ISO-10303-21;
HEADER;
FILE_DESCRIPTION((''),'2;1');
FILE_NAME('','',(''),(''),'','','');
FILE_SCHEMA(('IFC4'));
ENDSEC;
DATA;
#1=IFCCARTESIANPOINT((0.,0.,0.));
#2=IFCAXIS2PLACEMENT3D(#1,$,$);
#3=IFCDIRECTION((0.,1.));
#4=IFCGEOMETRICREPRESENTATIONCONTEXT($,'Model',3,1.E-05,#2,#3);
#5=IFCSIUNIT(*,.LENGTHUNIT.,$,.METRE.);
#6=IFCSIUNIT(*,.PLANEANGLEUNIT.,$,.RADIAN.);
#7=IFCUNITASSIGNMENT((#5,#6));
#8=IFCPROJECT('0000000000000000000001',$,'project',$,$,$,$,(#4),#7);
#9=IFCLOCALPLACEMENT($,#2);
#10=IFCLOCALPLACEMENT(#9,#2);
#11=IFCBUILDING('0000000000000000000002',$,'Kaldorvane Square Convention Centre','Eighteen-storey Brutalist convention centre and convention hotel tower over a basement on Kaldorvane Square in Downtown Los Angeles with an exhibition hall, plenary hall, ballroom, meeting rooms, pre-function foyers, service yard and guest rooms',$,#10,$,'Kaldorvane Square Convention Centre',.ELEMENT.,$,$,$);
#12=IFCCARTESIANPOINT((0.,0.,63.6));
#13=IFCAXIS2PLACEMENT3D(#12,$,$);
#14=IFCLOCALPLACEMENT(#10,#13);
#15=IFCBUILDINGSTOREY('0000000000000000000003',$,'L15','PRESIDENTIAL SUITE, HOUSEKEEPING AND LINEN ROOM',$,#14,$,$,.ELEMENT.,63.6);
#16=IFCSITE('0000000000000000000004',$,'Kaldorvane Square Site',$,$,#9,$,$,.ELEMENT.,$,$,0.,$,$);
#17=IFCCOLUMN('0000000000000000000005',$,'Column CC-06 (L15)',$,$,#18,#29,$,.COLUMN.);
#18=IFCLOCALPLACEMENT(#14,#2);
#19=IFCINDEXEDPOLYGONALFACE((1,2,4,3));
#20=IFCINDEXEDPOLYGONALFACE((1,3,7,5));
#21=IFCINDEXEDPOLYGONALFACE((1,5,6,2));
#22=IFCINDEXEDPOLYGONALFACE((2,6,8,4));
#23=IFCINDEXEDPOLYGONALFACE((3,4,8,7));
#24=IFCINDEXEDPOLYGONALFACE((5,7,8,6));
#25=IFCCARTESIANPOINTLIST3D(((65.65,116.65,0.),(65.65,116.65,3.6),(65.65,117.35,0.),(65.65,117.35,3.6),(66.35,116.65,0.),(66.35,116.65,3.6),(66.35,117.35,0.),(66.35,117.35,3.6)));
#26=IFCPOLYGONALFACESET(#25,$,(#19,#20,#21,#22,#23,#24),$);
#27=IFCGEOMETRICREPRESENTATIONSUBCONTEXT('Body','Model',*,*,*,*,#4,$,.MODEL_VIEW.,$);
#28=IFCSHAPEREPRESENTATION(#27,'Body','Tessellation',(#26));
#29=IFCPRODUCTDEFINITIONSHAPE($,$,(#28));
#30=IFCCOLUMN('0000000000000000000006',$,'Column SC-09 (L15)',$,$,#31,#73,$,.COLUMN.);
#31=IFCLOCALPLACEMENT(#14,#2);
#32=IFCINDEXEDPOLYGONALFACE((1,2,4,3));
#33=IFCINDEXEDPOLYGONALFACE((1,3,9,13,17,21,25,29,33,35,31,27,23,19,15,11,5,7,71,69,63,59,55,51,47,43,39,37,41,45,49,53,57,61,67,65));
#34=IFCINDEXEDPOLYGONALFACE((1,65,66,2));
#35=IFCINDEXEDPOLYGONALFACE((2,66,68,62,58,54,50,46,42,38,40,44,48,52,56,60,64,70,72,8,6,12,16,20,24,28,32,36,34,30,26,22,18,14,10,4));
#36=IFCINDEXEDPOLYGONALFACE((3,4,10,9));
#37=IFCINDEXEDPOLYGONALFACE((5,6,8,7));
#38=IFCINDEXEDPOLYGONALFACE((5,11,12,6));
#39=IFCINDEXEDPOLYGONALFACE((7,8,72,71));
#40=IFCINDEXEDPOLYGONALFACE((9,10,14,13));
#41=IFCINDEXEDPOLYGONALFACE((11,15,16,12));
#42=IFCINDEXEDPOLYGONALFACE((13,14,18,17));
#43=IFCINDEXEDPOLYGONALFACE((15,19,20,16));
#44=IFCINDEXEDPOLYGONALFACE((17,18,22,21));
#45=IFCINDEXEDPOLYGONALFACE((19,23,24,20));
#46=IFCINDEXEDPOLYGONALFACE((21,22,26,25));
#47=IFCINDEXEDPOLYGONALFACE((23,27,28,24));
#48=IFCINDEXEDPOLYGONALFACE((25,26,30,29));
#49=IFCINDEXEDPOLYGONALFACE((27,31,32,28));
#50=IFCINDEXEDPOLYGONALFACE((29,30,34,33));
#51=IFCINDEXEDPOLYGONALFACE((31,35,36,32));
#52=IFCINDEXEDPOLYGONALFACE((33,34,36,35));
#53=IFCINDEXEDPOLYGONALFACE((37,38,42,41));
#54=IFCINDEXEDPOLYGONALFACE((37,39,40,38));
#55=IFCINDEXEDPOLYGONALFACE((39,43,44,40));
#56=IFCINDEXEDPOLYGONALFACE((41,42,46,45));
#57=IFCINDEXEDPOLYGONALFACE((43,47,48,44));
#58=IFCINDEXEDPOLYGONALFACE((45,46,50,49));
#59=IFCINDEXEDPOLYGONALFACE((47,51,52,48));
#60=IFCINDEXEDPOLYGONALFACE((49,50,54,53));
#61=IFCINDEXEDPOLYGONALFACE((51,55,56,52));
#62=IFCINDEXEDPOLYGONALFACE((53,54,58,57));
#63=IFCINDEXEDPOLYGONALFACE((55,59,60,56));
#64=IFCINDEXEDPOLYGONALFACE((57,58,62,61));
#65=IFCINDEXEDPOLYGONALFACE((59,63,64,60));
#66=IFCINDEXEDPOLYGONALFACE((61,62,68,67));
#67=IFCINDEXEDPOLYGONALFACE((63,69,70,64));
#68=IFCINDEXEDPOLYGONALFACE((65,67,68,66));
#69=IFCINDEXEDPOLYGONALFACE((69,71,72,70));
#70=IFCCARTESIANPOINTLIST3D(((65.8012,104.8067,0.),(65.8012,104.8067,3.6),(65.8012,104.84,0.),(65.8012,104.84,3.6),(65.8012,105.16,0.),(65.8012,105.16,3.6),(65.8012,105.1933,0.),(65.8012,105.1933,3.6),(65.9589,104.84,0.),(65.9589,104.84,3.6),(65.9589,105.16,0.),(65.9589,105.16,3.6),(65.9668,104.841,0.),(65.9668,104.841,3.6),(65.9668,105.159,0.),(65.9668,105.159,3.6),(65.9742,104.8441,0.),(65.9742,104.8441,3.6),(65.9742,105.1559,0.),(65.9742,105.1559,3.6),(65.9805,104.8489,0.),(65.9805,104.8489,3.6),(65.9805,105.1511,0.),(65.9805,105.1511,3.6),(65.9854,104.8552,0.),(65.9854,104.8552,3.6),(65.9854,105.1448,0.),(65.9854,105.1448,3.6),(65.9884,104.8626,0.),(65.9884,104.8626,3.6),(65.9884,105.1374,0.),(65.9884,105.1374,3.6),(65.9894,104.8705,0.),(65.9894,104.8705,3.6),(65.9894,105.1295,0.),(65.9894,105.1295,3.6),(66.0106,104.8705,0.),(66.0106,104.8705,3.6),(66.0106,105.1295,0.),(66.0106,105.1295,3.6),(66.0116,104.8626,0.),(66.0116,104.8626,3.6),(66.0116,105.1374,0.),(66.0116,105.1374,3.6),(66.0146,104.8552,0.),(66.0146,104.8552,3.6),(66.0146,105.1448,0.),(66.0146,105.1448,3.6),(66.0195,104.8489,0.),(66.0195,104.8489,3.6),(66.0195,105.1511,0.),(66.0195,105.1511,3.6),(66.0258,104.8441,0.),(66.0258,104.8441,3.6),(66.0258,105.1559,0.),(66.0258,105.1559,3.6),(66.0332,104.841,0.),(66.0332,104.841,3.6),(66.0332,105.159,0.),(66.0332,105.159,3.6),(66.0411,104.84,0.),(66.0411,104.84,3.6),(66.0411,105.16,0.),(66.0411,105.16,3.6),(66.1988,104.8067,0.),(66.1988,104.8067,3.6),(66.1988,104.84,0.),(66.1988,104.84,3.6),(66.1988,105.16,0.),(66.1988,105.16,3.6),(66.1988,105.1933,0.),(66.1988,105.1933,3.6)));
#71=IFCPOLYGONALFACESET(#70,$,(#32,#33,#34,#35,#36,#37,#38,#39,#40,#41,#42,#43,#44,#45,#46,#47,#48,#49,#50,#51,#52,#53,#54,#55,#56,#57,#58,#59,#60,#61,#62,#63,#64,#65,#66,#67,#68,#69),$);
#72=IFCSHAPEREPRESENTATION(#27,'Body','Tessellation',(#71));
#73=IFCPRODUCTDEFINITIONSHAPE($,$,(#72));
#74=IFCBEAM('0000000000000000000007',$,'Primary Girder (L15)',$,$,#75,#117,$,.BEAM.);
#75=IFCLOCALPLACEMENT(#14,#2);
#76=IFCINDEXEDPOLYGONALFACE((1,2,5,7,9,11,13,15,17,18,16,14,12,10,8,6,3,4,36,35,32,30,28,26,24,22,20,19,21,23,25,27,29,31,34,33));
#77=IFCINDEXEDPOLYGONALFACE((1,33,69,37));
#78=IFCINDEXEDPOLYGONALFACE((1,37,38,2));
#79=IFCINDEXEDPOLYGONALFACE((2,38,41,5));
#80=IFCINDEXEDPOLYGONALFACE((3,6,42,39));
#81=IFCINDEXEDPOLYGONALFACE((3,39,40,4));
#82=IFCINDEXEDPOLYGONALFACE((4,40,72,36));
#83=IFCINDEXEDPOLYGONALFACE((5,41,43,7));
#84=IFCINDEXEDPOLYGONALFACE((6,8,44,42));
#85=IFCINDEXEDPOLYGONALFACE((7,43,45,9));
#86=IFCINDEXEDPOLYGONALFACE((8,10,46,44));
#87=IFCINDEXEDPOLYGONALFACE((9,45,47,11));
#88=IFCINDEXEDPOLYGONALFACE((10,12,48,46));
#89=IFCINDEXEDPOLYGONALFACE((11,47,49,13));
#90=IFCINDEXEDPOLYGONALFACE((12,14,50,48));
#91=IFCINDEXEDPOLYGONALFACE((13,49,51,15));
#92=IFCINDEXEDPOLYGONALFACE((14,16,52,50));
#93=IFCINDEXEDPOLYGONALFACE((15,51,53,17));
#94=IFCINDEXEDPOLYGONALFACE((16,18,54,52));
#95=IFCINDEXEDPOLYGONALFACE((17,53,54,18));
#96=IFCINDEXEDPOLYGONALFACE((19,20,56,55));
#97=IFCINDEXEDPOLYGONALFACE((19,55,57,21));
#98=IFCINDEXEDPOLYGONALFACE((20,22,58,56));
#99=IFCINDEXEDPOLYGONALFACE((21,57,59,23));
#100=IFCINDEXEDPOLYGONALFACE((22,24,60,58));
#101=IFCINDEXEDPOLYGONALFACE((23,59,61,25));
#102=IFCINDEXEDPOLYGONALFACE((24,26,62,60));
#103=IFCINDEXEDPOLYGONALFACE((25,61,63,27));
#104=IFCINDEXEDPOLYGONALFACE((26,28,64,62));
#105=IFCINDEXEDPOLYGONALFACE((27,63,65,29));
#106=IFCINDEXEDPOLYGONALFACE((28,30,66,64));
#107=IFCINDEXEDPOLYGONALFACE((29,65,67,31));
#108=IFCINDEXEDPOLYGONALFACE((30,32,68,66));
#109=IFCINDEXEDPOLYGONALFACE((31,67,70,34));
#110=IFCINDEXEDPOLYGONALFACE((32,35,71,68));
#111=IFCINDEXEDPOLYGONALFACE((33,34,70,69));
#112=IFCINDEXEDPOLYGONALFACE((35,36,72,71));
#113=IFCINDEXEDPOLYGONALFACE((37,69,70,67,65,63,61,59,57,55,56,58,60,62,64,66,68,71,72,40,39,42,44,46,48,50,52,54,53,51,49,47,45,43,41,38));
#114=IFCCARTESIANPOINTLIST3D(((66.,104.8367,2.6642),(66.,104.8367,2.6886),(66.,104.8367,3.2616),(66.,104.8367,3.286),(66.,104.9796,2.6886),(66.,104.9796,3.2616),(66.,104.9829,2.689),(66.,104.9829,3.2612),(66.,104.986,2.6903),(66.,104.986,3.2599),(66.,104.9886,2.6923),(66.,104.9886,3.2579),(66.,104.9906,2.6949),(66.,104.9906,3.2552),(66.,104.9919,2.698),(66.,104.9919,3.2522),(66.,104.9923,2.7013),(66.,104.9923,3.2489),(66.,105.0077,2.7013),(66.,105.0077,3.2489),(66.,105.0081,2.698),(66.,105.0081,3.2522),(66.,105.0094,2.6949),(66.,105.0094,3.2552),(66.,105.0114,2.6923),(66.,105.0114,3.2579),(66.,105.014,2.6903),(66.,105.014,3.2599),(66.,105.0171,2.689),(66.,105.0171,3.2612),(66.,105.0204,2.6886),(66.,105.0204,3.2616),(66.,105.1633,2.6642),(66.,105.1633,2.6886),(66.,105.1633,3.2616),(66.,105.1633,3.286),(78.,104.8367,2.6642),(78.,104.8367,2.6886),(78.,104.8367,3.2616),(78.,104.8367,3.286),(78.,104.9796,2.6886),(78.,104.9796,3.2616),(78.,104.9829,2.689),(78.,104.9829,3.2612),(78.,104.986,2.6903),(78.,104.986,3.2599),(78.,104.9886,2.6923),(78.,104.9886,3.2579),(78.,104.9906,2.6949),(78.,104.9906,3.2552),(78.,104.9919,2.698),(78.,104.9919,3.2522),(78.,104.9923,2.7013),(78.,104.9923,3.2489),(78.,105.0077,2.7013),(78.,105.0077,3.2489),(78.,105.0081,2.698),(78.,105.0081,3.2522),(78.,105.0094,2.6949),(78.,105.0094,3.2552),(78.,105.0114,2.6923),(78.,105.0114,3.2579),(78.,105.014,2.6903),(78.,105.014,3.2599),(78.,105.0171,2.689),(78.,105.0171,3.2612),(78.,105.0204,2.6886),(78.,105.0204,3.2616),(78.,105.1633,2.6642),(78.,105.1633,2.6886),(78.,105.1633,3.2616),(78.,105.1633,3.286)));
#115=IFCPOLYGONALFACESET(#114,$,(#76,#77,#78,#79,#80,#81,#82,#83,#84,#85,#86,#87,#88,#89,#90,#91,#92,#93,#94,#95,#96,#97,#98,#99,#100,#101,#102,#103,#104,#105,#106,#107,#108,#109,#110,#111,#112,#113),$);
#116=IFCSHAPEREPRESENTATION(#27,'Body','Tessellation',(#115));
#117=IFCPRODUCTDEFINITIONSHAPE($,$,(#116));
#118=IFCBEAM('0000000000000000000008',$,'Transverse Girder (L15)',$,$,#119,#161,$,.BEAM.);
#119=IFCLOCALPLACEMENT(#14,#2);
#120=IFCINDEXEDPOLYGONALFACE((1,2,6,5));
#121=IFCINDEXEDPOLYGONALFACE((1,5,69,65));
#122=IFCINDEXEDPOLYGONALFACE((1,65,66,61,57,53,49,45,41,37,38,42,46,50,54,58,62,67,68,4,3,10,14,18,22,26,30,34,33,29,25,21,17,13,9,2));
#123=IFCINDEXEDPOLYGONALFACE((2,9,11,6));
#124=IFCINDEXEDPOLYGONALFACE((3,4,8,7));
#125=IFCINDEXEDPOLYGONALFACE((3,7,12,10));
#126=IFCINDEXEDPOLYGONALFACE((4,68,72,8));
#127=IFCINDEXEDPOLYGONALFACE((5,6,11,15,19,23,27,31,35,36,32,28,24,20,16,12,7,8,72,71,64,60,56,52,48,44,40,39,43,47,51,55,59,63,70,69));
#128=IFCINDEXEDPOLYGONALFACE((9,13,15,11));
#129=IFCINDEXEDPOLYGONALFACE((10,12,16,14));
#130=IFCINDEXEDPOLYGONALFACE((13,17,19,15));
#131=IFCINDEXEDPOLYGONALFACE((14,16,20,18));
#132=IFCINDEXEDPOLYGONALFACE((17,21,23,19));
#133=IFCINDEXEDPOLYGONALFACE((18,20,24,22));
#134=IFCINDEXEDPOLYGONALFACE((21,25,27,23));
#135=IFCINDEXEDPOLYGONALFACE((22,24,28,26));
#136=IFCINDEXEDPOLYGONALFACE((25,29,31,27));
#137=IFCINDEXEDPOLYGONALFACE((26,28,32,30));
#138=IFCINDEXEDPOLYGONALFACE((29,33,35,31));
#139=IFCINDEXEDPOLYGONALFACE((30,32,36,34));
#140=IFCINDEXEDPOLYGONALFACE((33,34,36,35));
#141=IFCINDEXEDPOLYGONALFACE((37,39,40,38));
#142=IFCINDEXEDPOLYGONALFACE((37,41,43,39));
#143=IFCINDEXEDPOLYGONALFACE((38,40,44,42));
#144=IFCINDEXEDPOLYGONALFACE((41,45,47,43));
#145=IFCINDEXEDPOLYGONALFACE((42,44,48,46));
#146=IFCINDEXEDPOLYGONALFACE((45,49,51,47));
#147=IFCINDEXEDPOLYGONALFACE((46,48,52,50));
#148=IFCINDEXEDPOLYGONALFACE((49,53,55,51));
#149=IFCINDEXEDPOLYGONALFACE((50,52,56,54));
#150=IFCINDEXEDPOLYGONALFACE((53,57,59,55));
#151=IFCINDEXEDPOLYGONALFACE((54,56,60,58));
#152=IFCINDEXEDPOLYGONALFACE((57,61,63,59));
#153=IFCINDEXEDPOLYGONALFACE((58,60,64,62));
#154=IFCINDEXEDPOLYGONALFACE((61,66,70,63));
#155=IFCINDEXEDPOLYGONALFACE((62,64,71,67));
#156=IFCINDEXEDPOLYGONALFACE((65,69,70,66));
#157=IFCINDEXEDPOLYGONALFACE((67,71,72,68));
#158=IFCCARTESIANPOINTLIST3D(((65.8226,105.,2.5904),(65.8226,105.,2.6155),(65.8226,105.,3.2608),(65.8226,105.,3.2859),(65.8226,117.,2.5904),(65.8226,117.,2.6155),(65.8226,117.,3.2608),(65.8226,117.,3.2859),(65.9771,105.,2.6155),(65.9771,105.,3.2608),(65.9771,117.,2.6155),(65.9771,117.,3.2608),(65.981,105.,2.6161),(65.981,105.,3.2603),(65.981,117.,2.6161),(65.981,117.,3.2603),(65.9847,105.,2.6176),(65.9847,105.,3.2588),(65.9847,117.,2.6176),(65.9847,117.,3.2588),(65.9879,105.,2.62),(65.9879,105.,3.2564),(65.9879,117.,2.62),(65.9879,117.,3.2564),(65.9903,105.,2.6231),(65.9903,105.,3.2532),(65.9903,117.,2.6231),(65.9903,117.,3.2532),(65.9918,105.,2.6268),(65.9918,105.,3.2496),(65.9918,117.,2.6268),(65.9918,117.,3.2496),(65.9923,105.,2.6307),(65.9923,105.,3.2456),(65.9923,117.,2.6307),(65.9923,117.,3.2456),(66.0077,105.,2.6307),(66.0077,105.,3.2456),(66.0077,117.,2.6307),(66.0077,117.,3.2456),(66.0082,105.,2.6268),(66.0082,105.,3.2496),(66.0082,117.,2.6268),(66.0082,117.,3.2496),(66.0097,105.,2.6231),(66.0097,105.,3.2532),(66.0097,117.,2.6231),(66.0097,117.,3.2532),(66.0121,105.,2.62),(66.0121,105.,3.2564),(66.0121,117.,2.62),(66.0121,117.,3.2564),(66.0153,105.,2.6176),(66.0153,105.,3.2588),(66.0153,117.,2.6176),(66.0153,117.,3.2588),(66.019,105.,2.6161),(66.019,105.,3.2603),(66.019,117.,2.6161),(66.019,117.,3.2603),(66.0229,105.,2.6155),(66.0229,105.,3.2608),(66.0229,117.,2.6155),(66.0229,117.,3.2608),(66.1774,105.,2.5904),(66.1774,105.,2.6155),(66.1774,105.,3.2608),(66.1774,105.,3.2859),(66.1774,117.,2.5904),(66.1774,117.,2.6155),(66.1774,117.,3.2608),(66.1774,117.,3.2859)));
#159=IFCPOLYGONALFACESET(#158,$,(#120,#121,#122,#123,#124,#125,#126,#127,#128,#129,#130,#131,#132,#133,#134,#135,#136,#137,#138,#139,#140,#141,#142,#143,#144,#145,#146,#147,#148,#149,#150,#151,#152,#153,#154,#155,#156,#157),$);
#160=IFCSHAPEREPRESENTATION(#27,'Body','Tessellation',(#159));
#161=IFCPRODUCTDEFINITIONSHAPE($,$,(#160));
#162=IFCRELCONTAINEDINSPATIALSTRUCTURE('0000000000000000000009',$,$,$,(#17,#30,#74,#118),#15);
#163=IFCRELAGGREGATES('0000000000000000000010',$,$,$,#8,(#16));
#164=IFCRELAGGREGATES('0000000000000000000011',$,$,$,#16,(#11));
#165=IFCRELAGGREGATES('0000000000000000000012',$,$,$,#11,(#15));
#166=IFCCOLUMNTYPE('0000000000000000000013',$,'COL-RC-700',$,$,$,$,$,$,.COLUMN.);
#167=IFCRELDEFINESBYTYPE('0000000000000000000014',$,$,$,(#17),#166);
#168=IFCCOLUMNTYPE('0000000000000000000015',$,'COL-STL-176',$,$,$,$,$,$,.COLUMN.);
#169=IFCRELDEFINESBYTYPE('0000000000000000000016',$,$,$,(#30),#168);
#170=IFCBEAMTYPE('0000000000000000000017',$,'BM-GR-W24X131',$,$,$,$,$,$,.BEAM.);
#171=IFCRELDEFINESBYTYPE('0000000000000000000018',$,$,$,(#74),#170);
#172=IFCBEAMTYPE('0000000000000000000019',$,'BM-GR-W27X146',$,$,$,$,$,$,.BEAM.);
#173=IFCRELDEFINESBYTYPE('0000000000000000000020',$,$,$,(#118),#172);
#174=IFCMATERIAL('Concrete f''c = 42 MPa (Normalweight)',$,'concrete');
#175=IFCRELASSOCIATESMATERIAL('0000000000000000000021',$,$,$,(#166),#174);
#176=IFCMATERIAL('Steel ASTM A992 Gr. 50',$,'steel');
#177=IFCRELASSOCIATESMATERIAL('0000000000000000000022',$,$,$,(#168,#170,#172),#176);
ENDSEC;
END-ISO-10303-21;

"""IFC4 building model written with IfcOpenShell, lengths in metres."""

from ifc_helpers import new_model, si_unit, direction, frame, origin, origin_2d, place, context, subcontext, project, spatial, rectangle, i_section, extrude, material, material_profile, profile_set, type_object, element, save


model = new_model("IFC4")

# Units and contexts
model_context = context("Model", 3, precision=1e-05, world=origin(), true_north=direction((0.0, 1.0)))
body_context = subcontext(model_context, "Body", "Model", "MODEL_VIEW")
ifc_project = project(units=[si_unit("LENGTHUNIT", "METRE"), si_unit("PLANEANGLEUNIT", "RADIAN")], contexts=[model_context])

# Site, building, storey
site_placement = place(None, origin())
site = spatial("IfcSite", under=ifc_project, at=site_placement, Name="Kaldorvane Square Site", CompositionType="ELEMENT", RefElevation=0.0)
building_placement = place(site_placement, origin())
building = spatial("IfcBuilding", under=site, at=building_placement, Name="Kaldorvane Square Convention Centre", Description="Eighteen-storey Brutalist convention centre and convention hotel tower over a basement on Kaldorvane Square in Downtown Los Angeles with an exhibition hall, plenary hall, ballroom, meeting rooms, pre-function foyers, service yard and guest rooms", LongName="Kaldorvane Square Convention Centre", CompositionType="ELEMENT")
storey_placement = place(building_placement, frame((0.0, 0.0, 63.6)))
storey = spatial("IfcBuildingStorey", under=building, at=storey_placement, Name="L15", Description="PRESIDENTIAL SUITE, HOUSEKEEPING AND LINEN ROOM", CompositionType="ELEMENT", Elevation=63.6)

# Columns
ifc_material_1 = material(Name="Concrete f'c = 42 MPa (Normalweight)", Category="concrete")
ifc_material_profile_1 = material_profile(ifc_material_1, rectangle(XDim=0.7, YDim=0.7, at=origin_2d()), Name="RC700X700")
ifc_profile_set_1 = profile_set([ifc_material_profile_1], Name="Concrete f'c = 42 MPa (Normalweight)")
column_type_1 = type_object("IfcColumnType", Name="COL-RC-700", PredefinedType="COLUMN", material=ifc_profile_set_1)
column_1_placement = place(storey_placement, frame((66.0, 117.0, 0.0), z_axis=(0.0, 0.0, 1.0), x_axis=(1.0, 0.0, 0.0)))
element("IfcColumn", 1, at=column_1_placement, inside=storey, type_object=column_type_1, Name="Column CC-06 (L15)", PredefinedType="COLUMN", context=body_context, shape_type="SweptSolid", body=[
    extrude(rectangle(XDim=0.7, YDim=0.7, at=origin_2d()), origin(), (0.0, 0.0, 1.0), 3.6),
])
ifc_material_2 = material(Name="Steel ASTM A992 Gr. 50", Category="steel")
ifc_material_profile_2 = material_profile(ifc_material_2, i_section(OverallWidth=0.3975, OverallDepth=0.3866, WebThickness=0.0211, FlangeThickness=0.0333, FilletRadius=0.0305, at=origin_2d()), Name="W14X176")
ifc_profile_set_2 = profile_set([ifc_material_profile_2], Name="Steel ASTM A992 Gr. 50")
column_type_2 = type_object("IfcColumnType", Name="COL-STL-176", PredefinedType="COLUMN", material=ifc_profile_set_2)
column_2_placement = place(storey_placement, frame((66.0, 105.0, 0.0), z_axis=(0.0, 0.0, 1.0), x_axis=(1.0, 0.0, 0.0)))
element("IfcColumn", 2, at=column_2_placement, inside=storey, type_object=column_type_2, Name="Column SC-09 (L15)", PredefinedType="COLUMN", context=body_context, shape_type="SweptSolid", body=[
    extrude(i_section(OverallWidth=0.3975, OverallDepth=0.3866, WebThickness=0.0211, FlangeThickness=0.0333, FilletRadius=0.0305, at=origin_2d()), origin(), (0.0, 0.0, 1.0), 3.6),
])

# Beams
ifc_material_profile_3 = material_profile(ifc_material_2, i_section(OverallWidth=0.3265, OverallDepth=0.6218, WebThickness=0.0154, FlangeThickness=0.0244, FilletRadius=0.0127, at=origin_2d()), Name="W24X131")
ifc_profile_set_3 = profile_set([ifc_material_profile_3], Name="Steel ASTM A992 Gr. 50")
beam_type_1 = type_object("IfcBeamType", Name="BM-GR-W24X131", PredefinedType="BEAM", material=ifc_profile_set_3)
beam_1_placement = place(storey_placement, frame((66.0, 105.0, 2.9751), z_axis=(1.0, 0.0, 0.0), x_axis=(0.0, 1.0, 0.0)))
element("IfcBeam", 3, at=beam_1_placement, inside=storey, type_object=beam_type_1, Name="Primary Girder (L15)", PredefinedType="BEAM", context=body_context, shape_type="SweptSolid", body=[
    extrude(i_section(OverallWidth=0.3265, OverallDepth=0.6218, WebThickness=0.0154, FlangeThickness=0.0244, FilletRadius=0.0127, at=origin_2d()), origin(), (0.0, 0.0, 1.0), 12.0),
])
ifc_material_profile_4 = material_profile(ifc_material_2, i_section(OverallWidth=0.3547, OverallDepth=0.6955, WebThickness=0.0154, FlangeThickness=0.0251, FilletRadius=0.0152, at=origin_2d()), Name="W27X146")
ifc_profile_set_4 = profile_set([ifc_material_profile_4], Name="Steel ASTM A992 Gr. 50")
beam_type_2 = type_object("IfcBeamType", Name="BM-GR-W27X146", PredefinedType="BEAM", material=ifc_profile_set_4)
beam_2_placement = place(storey_placement, frame((66.0, 105.0, 2.9382), z_axis=(0.0, 1.0, 0.0), x_axis=(-1.0, 0.0, 0.0)))
element("IfcBeam", 4, at=beam_2_placement, inside=storey, type_object=beam_type_2, Name="Transverse Girder (L15)", PredefinedType="BEAM", context=body_context, shape_type="SweptSolid", body=[
    extrude(i_section(OverallWidth=0.3547, OverallDepth=0.6955, WebThickness=0.0154, FlangeThickness=0.0251, FilletRadius=0.0152, at=origin_2d()), origin(), (0.0, 0.0, 1.0), 12.0),
])

save(model, "model.ifc")
